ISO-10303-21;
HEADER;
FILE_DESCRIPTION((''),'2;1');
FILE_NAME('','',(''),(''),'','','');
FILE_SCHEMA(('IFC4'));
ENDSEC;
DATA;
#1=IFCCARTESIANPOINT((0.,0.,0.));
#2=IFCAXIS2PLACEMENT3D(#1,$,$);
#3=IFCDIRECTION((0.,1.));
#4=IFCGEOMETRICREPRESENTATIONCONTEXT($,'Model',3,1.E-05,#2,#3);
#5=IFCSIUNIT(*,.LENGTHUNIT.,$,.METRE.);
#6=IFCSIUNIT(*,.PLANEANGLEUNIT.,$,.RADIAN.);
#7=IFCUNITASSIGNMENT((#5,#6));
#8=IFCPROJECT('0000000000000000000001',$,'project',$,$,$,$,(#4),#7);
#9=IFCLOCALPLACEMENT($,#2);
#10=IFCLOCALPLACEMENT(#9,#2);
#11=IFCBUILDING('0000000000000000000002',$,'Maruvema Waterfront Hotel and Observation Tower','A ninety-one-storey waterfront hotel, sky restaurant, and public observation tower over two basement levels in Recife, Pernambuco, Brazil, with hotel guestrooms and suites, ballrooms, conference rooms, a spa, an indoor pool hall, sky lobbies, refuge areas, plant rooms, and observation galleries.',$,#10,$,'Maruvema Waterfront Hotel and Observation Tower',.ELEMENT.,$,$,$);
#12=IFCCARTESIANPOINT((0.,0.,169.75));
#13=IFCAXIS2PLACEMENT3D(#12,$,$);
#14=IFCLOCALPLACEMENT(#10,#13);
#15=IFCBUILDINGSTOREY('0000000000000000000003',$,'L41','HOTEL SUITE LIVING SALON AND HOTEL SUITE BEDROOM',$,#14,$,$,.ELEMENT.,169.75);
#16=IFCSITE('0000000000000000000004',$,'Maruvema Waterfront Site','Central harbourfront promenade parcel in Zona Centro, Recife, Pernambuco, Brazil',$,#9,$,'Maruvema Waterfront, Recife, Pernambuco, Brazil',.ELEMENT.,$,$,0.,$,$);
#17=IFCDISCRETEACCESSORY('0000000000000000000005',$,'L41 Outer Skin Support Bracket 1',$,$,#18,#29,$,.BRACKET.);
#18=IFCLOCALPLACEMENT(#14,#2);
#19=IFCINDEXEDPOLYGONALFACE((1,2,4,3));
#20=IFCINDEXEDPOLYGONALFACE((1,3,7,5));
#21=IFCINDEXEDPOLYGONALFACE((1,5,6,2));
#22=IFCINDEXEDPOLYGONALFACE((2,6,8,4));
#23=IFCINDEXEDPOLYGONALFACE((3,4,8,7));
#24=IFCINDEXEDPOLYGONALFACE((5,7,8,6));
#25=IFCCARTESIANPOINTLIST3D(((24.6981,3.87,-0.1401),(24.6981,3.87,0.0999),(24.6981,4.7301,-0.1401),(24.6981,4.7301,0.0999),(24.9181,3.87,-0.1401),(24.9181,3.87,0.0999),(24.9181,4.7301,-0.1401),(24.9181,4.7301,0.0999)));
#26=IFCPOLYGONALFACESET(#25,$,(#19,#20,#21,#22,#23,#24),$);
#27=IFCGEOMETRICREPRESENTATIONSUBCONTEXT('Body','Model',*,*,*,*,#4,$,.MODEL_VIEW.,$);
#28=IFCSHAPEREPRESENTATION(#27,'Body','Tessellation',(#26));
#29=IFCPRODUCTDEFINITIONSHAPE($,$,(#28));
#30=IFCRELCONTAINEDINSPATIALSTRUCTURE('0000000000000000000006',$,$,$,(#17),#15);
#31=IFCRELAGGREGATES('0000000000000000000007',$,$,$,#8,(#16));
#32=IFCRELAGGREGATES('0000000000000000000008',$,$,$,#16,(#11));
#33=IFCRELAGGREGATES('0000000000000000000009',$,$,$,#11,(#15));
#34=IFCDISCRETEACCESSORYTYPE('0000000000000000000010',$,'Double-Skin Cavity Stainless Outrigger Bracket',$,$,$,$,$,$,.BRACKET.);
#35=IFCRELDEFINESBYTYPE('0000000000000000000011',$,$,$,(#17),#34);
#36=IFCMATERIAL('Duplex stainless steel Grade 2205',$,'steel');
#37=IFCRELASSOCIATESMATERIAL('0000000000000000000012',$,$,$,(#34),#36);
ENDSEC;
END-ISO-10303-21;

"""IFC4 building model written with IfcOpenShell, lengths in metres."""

from ifc_helpers import new_model, si_unit, direction, frame, origin, origin_2d, place, context, subcontext, project, spatial, rectangle, extrude, material, type_object, element, save


model = new_model("IFC4")

# Units and contexts
model_context = context("Model", 3, precision=1e-05, world=origin(), true_north=direction((0.0, 1.0)))
body_context = subcontext(model_context, "Body", "Model", "MODEL_VIEW")
ifc_project = project(units=[si_unit("LENGTHUNIT", "METRE"), si_unit("PLANEANGLEUNIT", "RADIAN")], contexts=[model_context])

# Site, building, storey
site_placement = place(None, origin())
site = spatial("IfcSite", under=ifc_project, at=site_placement, Name="Maruvema Waterfront Site", Description="Central harbourfront promenade parcel in Zona Centro, Recife, Pernambuco, Brazil", LongName="Maruvema Waterfront, Recife, Pernambuco, Brazil", CompositionType="ELEMENT", RefElevation=0.0)
building_placement = place(site_placement, origin())
building = spatial("IfcBuilding", under=site, at=building_placement, Name="Maruvema Waterfront Hotel and Observation Tower", Description="A ninety-one-storey waterfront hotel, sky restaurant, and public observation tower over two basement levels in Recife, Pernambuco, Brazil, with hotel guestrooms and suites, ballrooms, conference rooms, a spa, an indoor pool hall, sky lobbies, refuge areas, plant rooms, and observation galleries.", LongName="Maruvema Waterfront Hotel and Observation Tower", CompositionType="ELEMENT")
storey_placement = place(building_placement, frame((0.0, 0.0, 169.75)))
storey = spatial("IfcBuildingStorey", under=building, at=storey_placement, Name="L41", Description="HOTEL SUITE LIVING SALON AND HOTEL SUITE BEDROOM", CompositionType="ELEMENT", Elevation=169.75)

# Discrete accessory
ifc_material_1 = material(Name="Duplex stainless steel Grade 2205", Category="steel")
discrete_accessory_type = type_object("IfcDiscreteAccessoryType", Name="Double-Skin Cavity Stainless Outrigger Bracket", PredefinedType="BRACKET", material=ifc_material_1)
discrete_accessory_placement = place(storey_placement, frame((24.8081, 4.3, -0.1401), z_axis=(0.0, 0.0, 1.0), x_axis=(1.0, 0.0, 0.0)))
element("IfcDiscreteAccessory", 1, at=discrete_accessory_placement, inside=storey, type_object=discrete_accessory_type, Name="L41 Outer Skin Support Bracket 1", PredefinedType="BRACKET", context=body_context, shape_type="SweptSolid", body=[
    extrude(rectangle(XDim=0.22, YDim=0.8601, at=origin_2d()), origin(), (0.0, 0.0, 1.0), 0.24),
])

save(model, "model.ifc")
